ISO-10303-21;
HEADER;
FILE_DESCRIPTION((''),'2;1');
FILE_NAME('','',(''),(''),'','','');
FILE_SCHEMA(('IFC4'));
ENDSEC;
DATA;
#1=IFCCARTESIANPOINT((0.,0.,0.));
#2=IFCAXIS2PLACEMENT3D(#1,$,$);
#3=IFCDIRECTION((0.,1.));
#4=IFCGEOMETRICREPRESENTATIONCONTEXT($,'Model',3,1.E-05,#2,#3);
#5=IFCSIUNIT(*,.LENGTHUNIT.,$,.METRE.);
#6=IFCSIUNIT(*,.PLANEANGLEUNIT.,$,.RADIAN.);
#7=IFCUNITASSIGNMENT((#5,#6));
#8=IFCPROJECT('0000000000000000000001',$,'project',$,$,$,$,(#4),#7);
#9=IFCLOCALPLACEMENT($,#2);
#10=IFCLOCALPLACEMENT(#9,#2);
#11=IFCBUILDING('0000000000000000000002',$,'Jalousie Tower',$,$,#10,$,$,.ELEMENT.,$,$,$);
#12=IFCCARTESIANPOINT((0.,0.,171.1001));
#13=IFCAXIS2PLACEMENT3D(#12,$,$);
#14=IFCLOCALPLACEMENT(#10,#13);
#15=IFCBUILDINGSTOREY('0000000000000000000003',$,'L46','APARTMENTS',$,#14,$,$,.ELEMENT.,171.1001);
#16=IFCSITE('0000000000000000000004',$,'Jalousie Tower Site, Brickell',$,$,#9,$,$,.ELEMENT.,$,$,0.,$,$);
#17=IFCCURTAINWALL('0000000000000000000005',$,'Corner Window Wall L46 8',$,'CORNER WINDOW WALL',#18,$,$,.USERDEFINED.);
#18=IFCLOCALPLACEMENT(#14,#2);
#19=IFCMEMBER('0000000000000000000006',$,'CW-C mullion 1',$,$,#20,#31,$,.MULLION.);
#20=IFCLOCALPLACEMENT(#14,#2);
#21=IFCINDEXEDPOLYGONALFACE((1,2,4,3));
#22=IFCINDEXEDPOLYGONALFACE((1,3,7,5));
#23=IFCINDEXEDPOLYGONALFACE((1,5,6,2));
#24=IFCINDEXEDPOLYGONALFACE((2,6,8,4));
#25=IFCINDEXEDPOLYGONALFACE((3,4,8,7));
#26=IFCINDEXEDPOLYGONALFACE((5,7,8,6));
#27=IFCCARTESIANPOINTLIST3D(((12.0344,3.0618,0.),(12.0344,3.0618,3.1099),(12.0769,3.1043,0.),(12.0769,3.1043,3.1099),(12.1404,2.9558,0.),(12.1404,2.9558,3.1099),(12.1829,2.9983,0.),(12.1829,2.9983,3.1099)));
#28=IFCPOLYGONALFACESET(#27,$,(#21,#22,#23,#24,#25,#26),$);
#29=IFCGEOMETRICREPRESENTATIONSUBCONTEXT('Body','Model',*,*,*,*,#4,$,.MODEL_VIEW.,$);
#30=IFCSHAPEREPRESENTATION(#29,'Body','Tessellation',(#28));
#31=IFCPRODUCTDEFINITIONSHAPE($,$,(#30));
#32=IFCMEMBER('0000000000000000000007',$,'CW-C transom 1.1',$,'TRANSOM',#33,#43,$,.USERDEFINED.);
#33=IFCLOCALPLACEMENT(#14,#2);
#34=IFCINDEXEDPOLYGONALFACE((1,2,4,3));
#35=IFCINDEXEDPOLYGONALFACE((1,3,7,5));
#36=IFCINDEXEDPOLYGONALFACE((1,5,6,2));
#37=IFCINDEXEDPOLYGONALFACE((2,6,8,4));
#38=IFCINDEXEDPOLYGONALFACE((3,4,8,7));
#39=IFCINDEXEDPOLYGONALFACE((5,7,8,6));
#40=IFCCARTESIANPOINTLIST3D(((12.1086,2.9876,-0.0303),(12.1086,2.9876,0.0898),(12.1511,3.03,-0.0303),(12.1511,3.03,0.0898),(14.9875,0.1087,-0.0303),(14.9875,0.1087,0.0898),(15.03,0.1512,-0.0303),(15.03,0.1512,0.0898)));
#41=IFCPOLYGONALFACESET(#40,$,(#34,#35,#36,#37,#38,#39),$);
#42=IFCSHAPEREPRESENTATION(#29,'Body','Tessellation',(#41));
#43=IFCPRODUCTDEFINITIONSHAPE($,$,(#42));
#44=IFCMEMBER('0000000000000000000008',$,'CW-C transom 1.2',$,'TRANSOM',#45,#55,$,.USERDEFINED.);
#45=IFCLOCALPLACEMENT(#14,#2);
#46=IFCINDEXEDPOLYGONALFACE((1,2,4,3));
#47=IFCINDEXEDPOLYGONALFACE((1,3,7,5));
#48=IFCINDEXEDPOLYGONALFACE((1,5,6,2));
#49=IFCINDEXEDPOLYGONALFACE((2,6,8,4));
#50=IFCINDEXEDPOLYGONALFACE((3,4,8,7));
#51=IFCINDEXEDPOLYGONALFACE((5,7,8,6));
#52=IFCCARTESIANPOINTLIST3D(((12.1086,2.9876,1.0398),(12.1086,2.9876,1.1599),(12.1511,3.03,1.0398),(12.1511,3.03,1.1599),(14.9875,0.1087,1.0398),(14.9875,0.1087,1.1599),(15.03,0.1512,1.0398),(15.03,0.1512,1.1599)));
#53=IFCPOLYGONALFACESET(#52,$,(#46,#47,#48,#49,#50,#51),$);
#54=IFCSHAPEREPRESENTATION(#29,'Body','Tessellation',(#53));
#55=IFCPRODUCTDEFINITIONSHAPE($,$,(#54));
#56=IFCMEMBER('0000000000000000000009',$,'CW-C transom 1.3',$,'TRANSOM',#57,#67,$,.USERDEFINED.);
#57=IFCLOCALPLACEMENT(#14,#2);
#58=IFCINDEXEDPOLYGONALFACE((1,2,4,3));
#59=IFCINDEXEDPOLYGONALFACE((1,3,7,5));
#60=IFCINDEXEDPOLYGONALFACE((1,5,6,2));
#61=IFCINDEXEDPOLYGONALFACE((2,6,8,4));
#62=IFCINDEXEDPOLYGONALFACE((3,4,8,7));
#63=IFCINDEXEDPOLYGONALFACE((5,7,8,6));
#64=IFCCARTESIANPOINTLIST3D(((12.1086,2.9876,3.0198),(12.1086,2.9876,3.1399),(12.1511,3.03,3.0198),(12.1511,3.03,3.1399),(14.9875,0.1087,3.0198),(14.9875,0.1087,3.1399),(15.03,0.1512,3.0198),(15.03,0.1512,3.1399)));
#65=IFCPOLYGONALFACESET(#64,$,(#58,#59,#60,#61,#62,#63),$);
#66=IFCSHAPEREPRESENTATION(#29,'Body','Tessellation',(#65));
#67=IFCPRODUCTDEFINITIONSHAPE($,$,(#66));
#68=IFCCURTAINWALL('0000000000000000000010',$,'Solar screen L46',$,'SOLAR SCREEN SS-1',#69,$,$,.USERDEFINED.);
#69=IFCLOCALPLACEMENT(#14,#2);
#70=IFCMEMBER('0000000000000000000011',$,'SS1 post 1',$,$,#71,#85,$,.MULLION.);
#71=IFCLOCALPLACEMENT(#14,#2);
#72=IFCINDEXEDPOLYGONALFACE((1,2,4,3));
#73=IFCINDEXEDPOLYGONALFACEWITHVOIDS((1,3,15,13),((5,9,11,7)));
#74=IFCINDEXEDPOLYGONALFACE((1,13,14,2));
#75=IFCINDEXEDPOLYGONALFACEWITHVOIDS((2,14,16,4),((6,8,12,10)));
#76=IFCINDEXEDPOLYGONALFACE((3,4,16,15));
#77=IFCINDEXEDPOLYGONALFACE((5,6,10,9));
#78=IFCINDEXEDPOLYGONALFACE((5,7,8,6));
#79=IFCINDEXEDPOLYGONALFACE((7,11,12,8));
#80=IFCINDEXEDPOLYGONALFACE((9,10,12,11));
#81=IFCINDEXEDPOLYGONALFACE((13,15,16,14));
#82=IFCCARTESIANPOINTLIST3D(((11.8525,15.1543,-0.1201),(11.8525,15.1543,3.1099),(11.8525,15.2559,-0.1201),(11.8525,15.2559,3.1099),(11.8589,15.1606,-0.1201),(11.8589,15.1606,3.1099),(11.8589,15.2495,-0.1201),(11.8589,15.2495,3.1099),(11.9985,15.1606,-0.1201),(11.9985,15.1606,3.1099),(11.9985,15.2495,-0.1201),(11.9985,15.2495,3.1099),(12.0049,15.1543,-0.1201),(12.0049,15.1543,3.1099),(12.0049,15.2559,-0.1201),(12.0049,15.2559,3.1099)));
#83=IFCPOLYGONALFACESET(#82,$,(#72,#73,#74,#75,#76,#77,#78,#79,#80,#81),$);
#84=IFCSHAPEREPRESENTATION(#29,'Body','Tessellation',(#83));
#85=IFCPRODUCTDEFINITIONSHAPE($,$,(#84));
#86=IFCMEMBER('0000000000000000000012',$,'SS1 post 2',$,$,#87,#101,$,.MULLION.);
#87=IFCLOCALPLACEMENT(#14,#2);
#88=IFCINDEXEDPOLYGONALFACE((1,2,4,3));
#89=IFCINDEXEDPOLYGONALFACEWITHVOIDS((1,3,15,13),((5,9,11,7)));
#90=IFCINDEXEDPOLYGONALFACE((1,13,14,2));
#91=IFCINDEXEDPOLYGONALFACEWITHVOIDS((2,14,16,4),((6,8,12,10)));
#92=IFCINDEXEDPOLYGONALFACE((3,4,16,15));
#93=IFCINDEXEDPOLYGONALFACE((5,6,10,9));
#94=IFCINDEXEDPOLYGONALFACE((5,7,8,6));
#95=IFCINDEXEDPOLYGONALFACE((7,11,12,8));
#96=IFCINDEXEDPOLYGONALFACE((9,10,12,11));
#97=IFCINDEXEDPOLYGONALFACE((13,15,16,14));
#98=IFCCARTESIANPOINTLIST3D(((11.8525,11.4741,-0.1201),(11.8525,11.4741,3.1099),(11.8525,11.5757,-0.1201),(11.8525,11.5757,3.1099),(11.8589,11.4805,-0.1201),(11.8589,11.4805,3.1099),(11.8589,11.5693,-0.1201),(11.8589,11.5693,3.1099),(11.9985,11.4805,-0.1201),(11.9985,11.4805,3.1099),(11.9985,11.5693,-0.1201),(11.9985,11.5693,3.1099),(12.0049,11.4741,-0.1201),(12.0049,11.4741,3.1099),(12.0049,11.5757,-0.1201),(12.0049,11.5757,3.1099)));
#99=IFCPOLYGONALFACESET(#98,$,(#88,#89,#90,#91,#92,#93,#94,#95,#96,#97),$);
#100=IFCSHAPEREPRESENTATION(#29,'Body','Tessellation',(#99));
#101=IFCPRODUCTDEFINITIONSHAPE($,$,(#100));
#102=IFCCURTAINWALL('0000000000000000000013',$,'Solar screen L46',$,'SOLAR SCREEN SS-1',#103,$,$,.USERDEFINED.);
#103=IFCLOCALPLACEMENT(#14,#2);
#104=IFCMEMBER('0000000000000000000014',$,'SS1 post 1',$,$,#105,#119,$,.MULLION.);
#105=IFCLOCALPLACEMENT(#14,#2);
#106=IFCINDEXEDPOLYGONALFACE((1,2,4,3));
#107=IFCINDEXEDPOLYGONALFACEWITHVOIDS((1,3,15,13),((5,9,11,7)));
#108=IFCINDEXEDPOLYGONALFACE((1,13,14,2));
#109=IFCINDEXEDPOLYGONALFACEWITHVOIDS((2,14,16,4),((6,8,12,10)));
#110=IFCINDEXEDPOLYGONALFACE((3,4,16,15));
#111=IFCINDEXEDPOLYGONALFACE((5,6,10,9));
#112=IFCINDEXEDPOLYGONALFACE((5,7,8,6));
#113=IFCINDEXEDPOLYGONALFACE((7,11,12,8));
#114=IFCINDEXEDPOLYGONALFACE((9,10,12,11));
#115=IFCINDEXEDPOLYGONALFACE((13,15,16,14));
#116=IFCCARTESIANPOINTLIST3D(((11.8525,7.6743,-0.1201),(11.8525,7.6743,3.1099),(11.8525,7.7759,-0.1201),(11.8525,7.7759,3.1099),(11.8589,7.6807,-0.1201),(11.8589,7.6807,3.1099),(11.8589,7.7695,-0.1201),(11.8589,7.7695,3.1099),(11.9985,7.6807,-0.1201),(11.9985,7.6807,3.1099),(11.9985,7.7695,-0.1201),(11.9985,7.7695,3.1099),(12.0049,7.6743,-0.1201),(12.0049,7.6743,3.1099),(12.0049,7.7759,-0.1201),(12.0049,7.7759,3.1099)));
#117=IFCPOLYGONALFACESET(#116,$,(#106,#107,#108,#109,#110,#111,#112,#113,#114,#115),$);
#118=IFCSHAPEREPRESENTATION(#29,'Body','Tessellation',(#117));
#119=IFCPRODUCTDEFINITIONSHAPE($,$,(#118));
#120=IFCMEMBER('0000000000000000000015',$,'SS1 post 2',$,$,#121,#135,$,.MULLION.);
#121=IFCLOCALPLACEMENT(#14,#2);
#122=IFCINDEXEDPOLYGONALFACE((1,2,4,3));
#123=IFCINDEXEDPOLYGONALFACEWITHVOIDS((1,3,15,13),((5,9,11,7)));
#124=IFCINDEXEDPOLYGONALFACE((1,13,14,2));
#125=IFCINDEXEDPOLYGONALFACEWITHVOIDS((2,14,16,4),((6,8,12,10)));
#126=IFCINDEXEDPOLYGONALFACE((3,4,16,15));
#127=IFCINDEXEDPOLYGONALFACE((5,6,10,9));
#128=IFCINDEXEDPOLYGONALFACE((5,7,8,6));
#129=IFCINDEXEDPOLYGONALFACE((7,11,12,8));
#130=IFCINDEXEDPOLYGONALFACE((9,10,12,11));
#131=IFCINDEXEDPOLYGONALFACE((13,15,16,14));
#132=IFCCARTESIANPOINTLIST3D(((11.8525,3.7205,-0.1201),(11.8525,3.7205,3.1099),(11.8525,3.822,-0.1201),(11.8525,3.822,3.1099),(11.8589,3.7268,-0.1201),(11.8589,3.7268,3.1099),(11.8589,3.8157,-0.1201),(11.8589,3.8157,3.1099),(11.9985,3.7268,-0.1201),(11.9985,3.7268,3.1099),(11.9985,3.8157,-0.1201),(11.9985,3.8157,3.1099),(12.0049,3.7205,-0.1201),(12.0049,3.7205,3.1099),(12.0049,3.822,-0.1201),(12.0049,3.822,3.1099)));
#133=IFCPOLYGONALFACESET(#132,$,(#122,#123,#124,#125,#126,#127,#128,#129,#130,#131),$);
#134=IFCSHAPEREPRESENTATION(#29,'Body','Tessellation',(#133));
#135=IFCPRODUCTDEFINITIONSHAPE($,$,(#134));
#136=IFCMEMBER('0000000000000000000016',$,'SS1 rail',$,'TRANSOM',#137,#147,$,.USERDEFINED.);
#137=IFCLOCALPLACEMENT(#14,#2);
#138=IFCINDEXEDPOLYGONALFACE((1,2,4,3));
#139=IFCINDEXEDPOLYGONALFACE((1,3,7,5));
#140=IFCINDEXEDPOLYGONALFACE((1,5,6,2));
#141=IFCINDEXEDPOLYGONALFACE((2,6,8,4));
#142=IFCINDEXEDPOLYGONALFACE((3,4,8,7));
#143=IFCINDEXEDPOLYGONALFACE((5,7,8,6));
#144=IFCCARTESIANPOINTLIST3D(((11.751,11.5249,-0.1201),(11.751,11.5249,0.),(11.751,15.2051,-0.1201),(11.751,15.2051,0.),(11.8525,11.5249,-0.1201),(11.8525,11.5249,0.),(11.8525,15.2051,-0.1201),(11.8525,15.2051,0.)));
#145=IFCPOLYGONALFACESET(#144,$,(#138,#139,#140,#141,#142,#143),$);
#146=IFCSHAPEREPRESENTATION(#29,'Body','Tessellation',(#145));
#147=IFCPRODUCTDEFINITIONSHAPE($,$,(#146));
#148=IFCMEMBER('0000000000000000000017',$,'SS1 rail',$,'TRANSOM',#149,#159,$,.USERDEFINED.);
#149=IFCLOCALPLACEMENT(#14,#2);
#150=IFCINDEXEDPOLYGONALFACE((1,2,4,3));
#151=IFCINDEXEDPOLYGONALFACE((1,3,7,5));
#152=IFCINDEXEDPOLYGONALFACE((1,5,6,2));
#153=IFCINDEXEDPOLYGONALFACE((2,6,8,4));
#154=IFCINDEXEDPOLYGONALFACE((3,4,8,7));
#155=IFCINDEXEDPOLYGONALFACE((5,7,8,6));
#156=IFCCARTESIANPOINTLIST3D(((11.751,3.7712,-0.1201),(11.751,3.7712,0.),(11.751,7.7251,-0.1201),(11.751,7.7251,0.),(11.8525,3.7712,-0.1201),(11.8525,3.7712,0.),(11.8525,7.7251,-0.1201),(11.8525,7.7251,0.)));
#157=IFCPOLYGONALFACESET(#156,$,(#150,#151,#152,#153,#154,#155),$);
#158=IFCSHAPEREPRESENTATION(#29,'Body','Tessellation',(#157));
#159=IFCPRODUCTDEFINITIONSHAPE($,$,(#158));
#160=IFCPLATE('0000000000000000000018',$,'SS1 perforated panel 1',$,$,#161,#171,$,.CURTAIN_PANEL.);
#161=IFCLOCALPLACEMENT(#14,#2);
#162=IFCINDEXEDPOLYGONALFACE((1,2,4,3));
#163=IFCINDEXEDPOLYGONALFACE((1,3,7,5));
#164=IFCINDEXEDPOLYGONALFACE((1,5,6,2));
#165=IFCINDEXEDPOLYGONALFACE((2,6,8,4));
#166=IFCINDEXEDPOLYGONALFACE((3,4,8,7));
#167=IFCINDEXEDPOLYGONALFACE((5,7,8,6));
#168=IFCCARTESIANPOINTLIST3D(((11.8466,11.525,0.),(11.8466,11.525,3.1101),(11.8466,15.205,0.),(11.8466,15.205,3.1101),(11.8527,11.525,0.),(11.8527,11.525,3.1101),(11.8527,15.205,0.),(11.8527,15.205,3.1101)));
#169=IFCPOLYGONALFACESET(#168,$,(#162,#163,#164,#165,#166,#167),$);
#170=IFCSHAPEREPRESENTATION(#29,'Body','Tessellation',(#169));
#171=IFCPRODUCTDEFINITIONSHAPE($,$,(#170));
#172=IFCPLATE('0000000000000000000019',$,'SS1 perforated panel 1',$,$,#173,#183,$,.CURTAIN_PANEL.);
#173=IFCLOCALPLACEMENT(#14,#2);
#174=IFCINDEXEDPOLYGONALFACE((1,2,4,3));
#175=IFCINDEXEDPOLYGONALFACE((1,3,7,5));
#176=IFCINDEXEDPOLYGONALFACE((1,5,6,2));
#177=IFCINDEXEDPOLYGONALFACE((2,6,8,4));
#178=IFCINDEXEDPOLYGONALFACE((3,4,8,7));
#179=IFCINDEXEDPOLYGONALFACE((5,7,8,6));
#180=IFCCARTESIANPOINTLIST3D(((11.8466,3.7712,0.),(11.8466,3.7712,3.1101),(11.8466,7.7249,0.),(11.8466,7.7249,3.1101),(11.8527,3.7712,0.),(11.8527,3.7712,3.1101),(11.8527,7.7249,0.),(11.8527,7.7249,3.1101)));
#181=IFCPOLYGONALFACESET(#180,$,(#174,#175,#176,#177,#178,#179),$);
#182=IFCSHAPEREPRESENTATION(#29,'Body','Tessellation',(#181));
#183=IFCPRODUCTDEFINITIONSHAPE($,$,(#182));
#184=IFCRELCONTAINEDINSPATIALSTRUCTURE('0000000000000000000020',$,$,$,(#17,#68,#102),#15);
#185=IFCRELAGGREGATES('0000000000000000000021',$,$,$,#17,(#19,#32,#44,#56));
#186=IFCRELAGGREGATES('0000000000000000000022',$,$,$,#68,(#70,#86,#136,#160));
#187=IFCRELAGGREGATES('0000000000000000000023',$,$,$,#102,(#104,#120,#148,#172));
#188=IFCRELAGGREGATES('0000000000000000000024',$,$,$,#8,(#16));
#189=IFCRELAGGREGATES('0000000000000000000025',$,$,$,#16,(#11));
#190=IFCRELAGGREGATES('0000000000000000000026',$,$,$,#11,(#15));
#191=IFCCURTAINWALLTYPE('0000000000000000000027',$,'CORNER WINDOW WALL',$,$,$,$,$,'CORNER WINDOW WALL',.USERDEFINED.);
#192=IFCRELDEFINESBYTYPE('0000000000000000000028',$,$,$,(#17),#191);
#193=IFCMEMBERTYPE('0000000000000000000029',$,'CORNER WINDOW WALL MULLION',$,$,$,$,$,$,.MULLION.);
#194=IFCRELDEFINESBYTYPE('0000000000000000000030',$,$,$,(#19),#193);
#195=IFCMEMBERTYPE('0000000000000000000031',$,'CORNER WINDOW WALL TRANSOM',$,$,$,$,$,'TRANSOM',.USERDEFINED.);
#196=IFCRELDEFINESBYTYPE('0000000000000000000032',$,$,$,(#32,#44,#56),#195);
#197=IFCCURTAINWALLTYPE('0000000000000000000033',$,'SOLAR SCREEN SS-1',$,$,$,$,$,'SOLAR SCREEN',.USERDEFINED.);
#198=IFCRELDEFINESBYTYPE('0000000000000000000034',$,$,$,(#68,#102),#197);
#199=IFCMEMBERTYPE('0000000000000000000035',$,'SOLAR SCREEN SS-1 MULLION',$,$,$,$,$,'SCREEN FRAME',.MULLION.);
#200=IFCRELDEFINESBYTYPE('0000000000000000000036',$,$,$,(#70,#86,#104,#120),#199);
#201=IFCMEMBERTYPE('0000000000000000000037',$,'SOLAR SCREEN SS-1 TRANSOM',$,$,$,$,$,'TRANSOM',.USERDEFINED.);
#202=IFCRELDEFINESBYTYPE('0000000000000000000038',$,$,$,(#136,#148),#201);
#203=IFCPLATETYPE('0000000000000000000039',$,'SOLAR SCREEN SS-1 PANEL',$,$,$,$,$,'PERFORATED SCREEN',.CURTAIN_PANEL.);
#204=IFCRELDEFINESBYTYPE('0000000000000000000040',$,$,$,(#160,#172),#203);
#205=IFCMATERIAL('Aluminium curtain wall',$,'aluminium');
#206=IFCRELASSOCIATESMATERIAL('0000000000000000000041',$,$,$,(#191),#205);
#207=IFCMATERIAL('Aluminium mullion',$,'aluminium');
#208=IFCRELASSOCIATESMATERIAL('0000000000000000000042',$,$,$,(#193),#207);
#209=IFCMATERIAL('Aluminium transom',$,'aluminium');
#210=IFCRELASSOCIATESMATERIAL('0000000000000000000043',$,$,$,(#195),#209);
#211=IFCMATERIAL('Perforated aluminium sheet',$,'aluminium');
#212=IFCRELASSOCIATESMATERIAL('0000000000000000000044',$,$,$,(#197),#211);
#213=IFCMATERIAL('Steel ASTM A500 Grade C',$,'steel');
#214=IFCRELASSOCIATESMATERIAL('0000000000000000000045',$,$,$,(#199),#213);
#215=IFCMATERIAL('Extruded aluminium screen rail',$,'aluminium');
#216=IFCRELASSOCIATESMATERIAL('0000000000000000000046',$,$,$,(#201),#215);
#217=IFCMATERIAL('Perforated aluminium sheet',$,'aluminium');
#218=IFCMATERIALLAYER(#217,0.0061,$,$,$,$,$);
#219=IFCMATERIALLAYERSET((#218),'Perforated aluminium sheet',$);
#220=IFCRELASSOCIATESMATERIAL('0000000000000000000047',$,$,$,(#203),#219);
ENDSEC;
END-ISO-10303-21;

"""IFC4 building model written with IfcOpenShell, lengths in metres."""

from ifc_helpers import new_model, si_unit, direction, frame, origin, origin_2d, place, context, subcontext, project, spatial, rectangle, hollow_rectangle, extrude, material, layer, layer_set, material_profile, profile_set, type_object, element, aggregate, save


model = new_model("IFC4")

# Units and contexts
model_context = context("Model", 3, precision=1e-05, world=origin(), true_north=direction((0.0, 1.0)))
body_context = subcontext(model_context, "Body", "Model", "MODEL_VIEW")
ifc_project = project(units=[si_unit("LENGTHUNIT", "METRE"), si_unit("PLANEANGLEUNIT", "RADIAN")], contexts=[model_context])

# Site, building, storey
site_placement = place(None, origin())
site = spatial("IfcSite", under=ifc_project, at=site_placement, Name="Jalousie Tower Site, Brickell", CompositionType="ELEMENT", RefElevation=0.0)
building_placement = place(site_placement, origin())
building = spatial("IfcBuilding", under=site, at=building_placement, Name="Jalousie Tower", CompositionType="ELEMENT")
storey_placement = place(building_placement, frame((0.0, 0.0, 171.1001)))
storey = spatial("IfcBuildingStorey", under=building, at=storey_placement, Name="L46", Description="APARTMENTS", CompositionType="ELEMENT", Elevation=171.1001)

# Curtain walls, members
ifc_material_1 = material(Name="Aluminium curtain wall", Category="aluminium")
curtain_wall_type_1 = type_object("IfcCurtainWallType", Name="CORNER WINDOW WALL", ElementType="CORNER WINDOW WALL", PredefinedType="USERDEFINED", material=ifc_material_1)
curtain_wall_1_placement = place(storey_placement, origin())
curtain_wall_1 = element("IfcCurtainWall", 1, at=curtain_wall_1_placement, inside=storey, type_object=curtain_wall_type_1, Name="Corner Window Wall L46 8", ObjectType="CORNER WINDOW WALL", PredefinedType="USERDEFINED")
ifc_material_2 = material(Name="Aluminium mullion", Category="aluminium")
ifc_material_profile_1 = material_profile(ifc_material_2, rectangle(XDim=0.0601, YDim=0.1499, at=origin_2d()), Name="MULLION 60x150")
ifc_profile_set_1 = profile_set([ifc_material_profile_1], Name="Aluminium mullion")
member_type_1 = type_object("IfcMemberType", Name="CORNER WINDOW WALL MULLION", PredefinedType="MULLION", material=ifc_profile_set_1)
member_1_placement = place(storey_placement, frame((12.1086, 3.03, 0.0), z_axis=(0.0, 0.0, 1.0), x_axis=(0.707107, 0.707107, 0.0)))
member_1 = element("IfcMember", 2, at=member_1_placement, type_object=member_type_1, Name="CW-C mullion 1", PredefinedType="MULLION", context=body_context, shape_type="SweptSolid", body=[
    extrude(rectangle(XDim=0.0601, YDim=0.1499, at=origin_2d()), origin(), (0.0, 0.0, 1.0), 3.1099),
])
ifc_material_3 = material(Name="Aluminium transom", Category="aluminium")
ifc_material_profile_2 = material_profile(ifc_material_3, rectangle(XDim=0.0601, YDim=0.1201, at=origin_2d()), Name="TRANSOM 60x120")
ifc_profile_set_2 = profile_set([ifc_material_profile_2], Name="Aluminium transom")
member_type_2 = type_object("IfcMemberType", Name="CORNER WINDOW WALL TRANSOM", ElementType="TRANSOM", PredefinedType="USERDEFINED", material=ifc_profile_set_2)
member_2_placement = place(storey_placement, frame((12.1299, 3.0088, 0.0298), z_axis=(0.707107, -0.707107, 0.0), x_axis=(0.707107, 0.707107, 0.0)))
member_2 = element("IfcMember", 3, at=member_2_placement, type_object=member_type_2, Name="CW-C transom 1.1", ObjectType="TRANSOM", PredefinedType="USERDEFINED", context=body_context, shape_type="SweptSolid", body=[
    extrude(rectangle(XDim=0.0601, YDim=0.1201, at=origin_2d()), origin(), (0.0, 0.0, 1.0), 4.0713),
])
member_3_placement = place(storey_placement, frame((12.1299, 3.0088, 1.0999), z_axis=(0.707107, -0.707107, 0.0), x_axis=(0.707107, 0.707107, 0.0)))
member_3 = element("IfcMember", 4, at=member_3_placement, type_object=member_type_2, Name="CW-C transom 1.2", ObjectType="TRANSOM", PredefinedType="USERDEFINED", context=body_context, shape_type="SweptSolid", body=[
    extrude(rectangle(XDim=0.0601, YDim=0.1201, at=origin_2d()), origin(), (0.0, 0.0, 1.0), 4.0713),
])
member_4_placement = place(storey_placement, frame((12.1299, 3.0088, 3.0798), z_axis=(0.707107, -0.707107, 0.0), x_axis=(0.707107, 0.707107, 0.0)))
member_4 = element("IfcMember", 5, at=member_4_placement, type_object=member_type_2, Name="CW-C transom 1.3", ObjectType="TRANSOM", PredefinedType="USERDEFINED", context=body_context, shape_type="SweptSolid", body=[
    extrude(rectangle(XDim=0.0601, YDim=0.1201, at=origin_2d()), origin(), (0.0, 0.0, 1.0), 4.0713),
])
aggregate(curtain_wall_1, [member_1, member_2, member_3, member_4])
ifc_material_4 = material(Name="Perforated aluminium sheet", Category="aluminium")
curtain_wall_type_2 = type_object("IfcCurtainWallType", Name="SOLAR SCREEN SS-1", ElementType="SOLAR SCREEN", PredefinedType="USERDEFINED", material=ifc_material_4)
curtain_wall_2_placement = place(storey_placement, origin())
curtain_wall_2 = element("IfcCurtainWall", 6, at=curtain_wall_2_placement, inside=storey, type_object=curtain_wall_type_2, Name="Solar screen L46", ObjectType="SOLAR SCREEN SS-1", PredefinedType="USERDEFINED")
ifc_material_5 = material(Name="Steel ASTM A500 Grade C", Category="steel")
ifc_material_profile_3 = material_profile(ifc_material_5, hollow_rectangle(XDim=0.1016, YDim=0.1523, WallThickness=0.0063, at=origin_2d()), Name="HSS6X4X1/4")
ifc_profile_set_3 = profile_set([ifc_material_profile_3], Name="Steel ASTM A500 Grade C")
member_type_3 = type_object("IfcMemberType", Name="SOLAR SCREEN SS-1 MULLION", ElementType="SCREEN FRAME", PredefinedType="MULLION", material=ifc_profile_set_3)
member_5_placement = place(storey_placement, frame((11.9287, 15.2051, -0.1201), z_axis=(0.0, 0.0, 1.0), x_axis=(0.0, -1.0, 0.0)))
member_5 = element("IfcMember", 7, at=member_5_placement, type_object=member_type_3, Name="SS1 post 1", PredefinedType="MULLION", context=body_context, shape_type="SweptSolid", body=[
    extrude(hollow_rectangle(XDim=0.1016, YDim=0.1523, WallThickness=0.0063, at=origin_2d()), origin(), (0.0, 0.0, 1.0), 3.23),
])
member_6_placement = place(storey_placement, frame((11.9287, 11.5249, -0.1201), z_axis=(0.0, 0.0, 1.0), x_axis=(0.0, -1.0, 0.0)))
member_6 = element("IfcMember", 8, at=member_6_placement, type_object=member_type_3, Name="SS1 post 2", PredefinedType="MULLION", context=body_context, shape_type="SweptSolid", body=[
    extrude(hollow_rectangle(XDim=0.1016, YDim=0.1523, WallThickness=0.0063, at=origin_2d()), origin(), (0.0, 0.0, 1.0), 3.23),
])
curtain_wall_3_placement = place(storey_placement, origin())
curtain_wall_3 = element("IfcCurtainWall", 9, at=curtain_wall_3_placement, inside=storey, type_object=curtain_wall_type_2, Name="Solar screen L46", ObjectType="SOLAR SCREEN SS-1", PredefinedType="USERDEFINED")
member_7_placement = place(storey_placement, frame((11.9287, 7.7251, -0.1201), z_axis=(0.0, 0.0, 1.0), x_axis=(0.0, -1.0, 0.0)))
member_7 = element("IfcMember", 10, at=member_7_placement, type_object=member_type_3, Name="SS1 post 1", PredefinedType="MULLION", context=body_context, shape_type="SweptSolid", body=[
    extrude(hollow_rectangle(XDim=0.1016, YDim=0.1523, WallThickness=0.0063, at=origin_2d()), origin(), (0.0, 0.0, 1.0), 3.23),
])
member_8_placement = place(storey_placement, frame((11.9287, 3.7712, -0.1201), z_axis=(0.0, 0.0, 1.0), x_axis=(0.0, -1.0, 0.0)))
member_8 = element("IfcMember", 11, at=member_8_placement, type_object=member_type_3, Name="SS1 post 2", PredefinedType="MULLION", context=body_context, shape_type="SweptSolid", body=[
    extrude(hollow_rectangle(XDim=0.1016, YDim=0.1523, WallThickness=0.0063, at=origin_2d()), origin(), (0.0, 0.0, 1.0), 3.23),
])

# Members
ifc_material_6 = material(Name="Extruded aluminium screen rail", Category="aluminium")
ifc_material_profile_4 = material_profile(ifc_material_6, rectangle(XDim=0.1016, YDim=0.1201, at=origin_2d()), Name="RAIL 102x120")
ifc_profile_set_4 = profile_set([ifc_material_profile_4], Name="Extruded aluminium screen rail")
member_type_4 = type_object("IfcMemberType", Name="SOLAR SCREEN SS-1 TRANSOM", ElementType="TRANSOM", PredefinedType="USERDEFINED", material=ifc_profile_set_4)
member_9_placement = place(storey_placement, frame((11.8018, 15.2051, -0.0601), z_axis=(0.0, -1.0, 0.0), x_axis=(1.0, 0.0, 0.0)))
member_9 = element("IfcMember", 12, at=member_9_placement, type_object=member_type_4, Name="SS1 rail", ObjectType="TRANSOM", PredefinedType="USERDEFINED", context=body_context, shape_type="SweptSolid", body=[
    extrude(rectangle(XDim=0.1016, YDim=0.1201, at=origin_2d()), origin(), (0.0, 0.0, 1.0), 3.6802),
])
member_10_placement = place(storey_placement, frame((11.8018, 7.7251, -0.0601), z_axis=(0.0, -1.0, 0.0), x_axis=(1.0, 0.0, 0.0)))
member_10 = element("IfcMember", 13, at=member_10_placement, type_object=member_type_4, Name="SS1 rail", ObjectType="TRANSOM", PredefinedType="USERDEFINED", context=body_context, shape_type="SweptSolid", body=[
    extrude(rectangle(XDim=0.1016, YDim=0.1201, at=origin_2d()), origin(), (0.0, 0.0, 1.0), 3.9539),
])

# Plates
ifc_material_7 = material(Name="Perforated aluminium sheet", Category="aluminium")
ifc_layer_1 = layer(ifc_material_7, 0.0061)
ifc_layer_set_1 = layer_set([ifc_layer_1], Name="Perforated aluminium sheet")
plate_type = type_object("IfcPlateType", Name="SOLAR SCREEN SS-1 PANEL", ElementType="PERFORATED SCREEN", PredefinedType="CURTAIN_PANEL", material=ifc_layer_set_1)
plate_1_placement = place(storey_placement, frame((11.8496, 13.365, 0.0), z_axis=(0.0, 0.0, 1.0), x_axis=(0.0, -1.0, 0.0)))
plate_1 = element("IfcPlate", 14, at=plate_1_placement, type_object=plate_type, Name="SS1 perforated panel 1", PredefinedType="CURTAIN_PANEL", context=body_context, shape_type="SweptSolid", body=[
    extrude(rectangle(XDim=3.6799, YDim=0.0061, at=origin_2d()), origin(), (0.0, 0.0, 1.0), 3.1101),
])
aggregate(curtain_wall_2, [member_5, member_6, member_9, plate_1])
plate_2_placement = place(storey_placement, frame((11.8496, 5.748, 0.0), z_axis=(0.0, 0.0, 1.0), x_axis=(0.0, -1.0, 0.0)))
plate_2 = element("IfcPlate", 15, at=plate_2_placement, type_object=plate_type, Name="SS1 perforated panel 1", PredefinedType="CURTAIN_PANEL", context=body_context, shape_type="SweptSolid", body=[
    extrude(rectangle(XDim=3.9536, YDim=0.0061, at=origin_2d()), origin(), (0.0, 0.0, 1.0), 3.1101),
])
aggregate(curtain_wall_3, [member_7, member_8, member_10, plate_2])

save(model, "model.ifc")
